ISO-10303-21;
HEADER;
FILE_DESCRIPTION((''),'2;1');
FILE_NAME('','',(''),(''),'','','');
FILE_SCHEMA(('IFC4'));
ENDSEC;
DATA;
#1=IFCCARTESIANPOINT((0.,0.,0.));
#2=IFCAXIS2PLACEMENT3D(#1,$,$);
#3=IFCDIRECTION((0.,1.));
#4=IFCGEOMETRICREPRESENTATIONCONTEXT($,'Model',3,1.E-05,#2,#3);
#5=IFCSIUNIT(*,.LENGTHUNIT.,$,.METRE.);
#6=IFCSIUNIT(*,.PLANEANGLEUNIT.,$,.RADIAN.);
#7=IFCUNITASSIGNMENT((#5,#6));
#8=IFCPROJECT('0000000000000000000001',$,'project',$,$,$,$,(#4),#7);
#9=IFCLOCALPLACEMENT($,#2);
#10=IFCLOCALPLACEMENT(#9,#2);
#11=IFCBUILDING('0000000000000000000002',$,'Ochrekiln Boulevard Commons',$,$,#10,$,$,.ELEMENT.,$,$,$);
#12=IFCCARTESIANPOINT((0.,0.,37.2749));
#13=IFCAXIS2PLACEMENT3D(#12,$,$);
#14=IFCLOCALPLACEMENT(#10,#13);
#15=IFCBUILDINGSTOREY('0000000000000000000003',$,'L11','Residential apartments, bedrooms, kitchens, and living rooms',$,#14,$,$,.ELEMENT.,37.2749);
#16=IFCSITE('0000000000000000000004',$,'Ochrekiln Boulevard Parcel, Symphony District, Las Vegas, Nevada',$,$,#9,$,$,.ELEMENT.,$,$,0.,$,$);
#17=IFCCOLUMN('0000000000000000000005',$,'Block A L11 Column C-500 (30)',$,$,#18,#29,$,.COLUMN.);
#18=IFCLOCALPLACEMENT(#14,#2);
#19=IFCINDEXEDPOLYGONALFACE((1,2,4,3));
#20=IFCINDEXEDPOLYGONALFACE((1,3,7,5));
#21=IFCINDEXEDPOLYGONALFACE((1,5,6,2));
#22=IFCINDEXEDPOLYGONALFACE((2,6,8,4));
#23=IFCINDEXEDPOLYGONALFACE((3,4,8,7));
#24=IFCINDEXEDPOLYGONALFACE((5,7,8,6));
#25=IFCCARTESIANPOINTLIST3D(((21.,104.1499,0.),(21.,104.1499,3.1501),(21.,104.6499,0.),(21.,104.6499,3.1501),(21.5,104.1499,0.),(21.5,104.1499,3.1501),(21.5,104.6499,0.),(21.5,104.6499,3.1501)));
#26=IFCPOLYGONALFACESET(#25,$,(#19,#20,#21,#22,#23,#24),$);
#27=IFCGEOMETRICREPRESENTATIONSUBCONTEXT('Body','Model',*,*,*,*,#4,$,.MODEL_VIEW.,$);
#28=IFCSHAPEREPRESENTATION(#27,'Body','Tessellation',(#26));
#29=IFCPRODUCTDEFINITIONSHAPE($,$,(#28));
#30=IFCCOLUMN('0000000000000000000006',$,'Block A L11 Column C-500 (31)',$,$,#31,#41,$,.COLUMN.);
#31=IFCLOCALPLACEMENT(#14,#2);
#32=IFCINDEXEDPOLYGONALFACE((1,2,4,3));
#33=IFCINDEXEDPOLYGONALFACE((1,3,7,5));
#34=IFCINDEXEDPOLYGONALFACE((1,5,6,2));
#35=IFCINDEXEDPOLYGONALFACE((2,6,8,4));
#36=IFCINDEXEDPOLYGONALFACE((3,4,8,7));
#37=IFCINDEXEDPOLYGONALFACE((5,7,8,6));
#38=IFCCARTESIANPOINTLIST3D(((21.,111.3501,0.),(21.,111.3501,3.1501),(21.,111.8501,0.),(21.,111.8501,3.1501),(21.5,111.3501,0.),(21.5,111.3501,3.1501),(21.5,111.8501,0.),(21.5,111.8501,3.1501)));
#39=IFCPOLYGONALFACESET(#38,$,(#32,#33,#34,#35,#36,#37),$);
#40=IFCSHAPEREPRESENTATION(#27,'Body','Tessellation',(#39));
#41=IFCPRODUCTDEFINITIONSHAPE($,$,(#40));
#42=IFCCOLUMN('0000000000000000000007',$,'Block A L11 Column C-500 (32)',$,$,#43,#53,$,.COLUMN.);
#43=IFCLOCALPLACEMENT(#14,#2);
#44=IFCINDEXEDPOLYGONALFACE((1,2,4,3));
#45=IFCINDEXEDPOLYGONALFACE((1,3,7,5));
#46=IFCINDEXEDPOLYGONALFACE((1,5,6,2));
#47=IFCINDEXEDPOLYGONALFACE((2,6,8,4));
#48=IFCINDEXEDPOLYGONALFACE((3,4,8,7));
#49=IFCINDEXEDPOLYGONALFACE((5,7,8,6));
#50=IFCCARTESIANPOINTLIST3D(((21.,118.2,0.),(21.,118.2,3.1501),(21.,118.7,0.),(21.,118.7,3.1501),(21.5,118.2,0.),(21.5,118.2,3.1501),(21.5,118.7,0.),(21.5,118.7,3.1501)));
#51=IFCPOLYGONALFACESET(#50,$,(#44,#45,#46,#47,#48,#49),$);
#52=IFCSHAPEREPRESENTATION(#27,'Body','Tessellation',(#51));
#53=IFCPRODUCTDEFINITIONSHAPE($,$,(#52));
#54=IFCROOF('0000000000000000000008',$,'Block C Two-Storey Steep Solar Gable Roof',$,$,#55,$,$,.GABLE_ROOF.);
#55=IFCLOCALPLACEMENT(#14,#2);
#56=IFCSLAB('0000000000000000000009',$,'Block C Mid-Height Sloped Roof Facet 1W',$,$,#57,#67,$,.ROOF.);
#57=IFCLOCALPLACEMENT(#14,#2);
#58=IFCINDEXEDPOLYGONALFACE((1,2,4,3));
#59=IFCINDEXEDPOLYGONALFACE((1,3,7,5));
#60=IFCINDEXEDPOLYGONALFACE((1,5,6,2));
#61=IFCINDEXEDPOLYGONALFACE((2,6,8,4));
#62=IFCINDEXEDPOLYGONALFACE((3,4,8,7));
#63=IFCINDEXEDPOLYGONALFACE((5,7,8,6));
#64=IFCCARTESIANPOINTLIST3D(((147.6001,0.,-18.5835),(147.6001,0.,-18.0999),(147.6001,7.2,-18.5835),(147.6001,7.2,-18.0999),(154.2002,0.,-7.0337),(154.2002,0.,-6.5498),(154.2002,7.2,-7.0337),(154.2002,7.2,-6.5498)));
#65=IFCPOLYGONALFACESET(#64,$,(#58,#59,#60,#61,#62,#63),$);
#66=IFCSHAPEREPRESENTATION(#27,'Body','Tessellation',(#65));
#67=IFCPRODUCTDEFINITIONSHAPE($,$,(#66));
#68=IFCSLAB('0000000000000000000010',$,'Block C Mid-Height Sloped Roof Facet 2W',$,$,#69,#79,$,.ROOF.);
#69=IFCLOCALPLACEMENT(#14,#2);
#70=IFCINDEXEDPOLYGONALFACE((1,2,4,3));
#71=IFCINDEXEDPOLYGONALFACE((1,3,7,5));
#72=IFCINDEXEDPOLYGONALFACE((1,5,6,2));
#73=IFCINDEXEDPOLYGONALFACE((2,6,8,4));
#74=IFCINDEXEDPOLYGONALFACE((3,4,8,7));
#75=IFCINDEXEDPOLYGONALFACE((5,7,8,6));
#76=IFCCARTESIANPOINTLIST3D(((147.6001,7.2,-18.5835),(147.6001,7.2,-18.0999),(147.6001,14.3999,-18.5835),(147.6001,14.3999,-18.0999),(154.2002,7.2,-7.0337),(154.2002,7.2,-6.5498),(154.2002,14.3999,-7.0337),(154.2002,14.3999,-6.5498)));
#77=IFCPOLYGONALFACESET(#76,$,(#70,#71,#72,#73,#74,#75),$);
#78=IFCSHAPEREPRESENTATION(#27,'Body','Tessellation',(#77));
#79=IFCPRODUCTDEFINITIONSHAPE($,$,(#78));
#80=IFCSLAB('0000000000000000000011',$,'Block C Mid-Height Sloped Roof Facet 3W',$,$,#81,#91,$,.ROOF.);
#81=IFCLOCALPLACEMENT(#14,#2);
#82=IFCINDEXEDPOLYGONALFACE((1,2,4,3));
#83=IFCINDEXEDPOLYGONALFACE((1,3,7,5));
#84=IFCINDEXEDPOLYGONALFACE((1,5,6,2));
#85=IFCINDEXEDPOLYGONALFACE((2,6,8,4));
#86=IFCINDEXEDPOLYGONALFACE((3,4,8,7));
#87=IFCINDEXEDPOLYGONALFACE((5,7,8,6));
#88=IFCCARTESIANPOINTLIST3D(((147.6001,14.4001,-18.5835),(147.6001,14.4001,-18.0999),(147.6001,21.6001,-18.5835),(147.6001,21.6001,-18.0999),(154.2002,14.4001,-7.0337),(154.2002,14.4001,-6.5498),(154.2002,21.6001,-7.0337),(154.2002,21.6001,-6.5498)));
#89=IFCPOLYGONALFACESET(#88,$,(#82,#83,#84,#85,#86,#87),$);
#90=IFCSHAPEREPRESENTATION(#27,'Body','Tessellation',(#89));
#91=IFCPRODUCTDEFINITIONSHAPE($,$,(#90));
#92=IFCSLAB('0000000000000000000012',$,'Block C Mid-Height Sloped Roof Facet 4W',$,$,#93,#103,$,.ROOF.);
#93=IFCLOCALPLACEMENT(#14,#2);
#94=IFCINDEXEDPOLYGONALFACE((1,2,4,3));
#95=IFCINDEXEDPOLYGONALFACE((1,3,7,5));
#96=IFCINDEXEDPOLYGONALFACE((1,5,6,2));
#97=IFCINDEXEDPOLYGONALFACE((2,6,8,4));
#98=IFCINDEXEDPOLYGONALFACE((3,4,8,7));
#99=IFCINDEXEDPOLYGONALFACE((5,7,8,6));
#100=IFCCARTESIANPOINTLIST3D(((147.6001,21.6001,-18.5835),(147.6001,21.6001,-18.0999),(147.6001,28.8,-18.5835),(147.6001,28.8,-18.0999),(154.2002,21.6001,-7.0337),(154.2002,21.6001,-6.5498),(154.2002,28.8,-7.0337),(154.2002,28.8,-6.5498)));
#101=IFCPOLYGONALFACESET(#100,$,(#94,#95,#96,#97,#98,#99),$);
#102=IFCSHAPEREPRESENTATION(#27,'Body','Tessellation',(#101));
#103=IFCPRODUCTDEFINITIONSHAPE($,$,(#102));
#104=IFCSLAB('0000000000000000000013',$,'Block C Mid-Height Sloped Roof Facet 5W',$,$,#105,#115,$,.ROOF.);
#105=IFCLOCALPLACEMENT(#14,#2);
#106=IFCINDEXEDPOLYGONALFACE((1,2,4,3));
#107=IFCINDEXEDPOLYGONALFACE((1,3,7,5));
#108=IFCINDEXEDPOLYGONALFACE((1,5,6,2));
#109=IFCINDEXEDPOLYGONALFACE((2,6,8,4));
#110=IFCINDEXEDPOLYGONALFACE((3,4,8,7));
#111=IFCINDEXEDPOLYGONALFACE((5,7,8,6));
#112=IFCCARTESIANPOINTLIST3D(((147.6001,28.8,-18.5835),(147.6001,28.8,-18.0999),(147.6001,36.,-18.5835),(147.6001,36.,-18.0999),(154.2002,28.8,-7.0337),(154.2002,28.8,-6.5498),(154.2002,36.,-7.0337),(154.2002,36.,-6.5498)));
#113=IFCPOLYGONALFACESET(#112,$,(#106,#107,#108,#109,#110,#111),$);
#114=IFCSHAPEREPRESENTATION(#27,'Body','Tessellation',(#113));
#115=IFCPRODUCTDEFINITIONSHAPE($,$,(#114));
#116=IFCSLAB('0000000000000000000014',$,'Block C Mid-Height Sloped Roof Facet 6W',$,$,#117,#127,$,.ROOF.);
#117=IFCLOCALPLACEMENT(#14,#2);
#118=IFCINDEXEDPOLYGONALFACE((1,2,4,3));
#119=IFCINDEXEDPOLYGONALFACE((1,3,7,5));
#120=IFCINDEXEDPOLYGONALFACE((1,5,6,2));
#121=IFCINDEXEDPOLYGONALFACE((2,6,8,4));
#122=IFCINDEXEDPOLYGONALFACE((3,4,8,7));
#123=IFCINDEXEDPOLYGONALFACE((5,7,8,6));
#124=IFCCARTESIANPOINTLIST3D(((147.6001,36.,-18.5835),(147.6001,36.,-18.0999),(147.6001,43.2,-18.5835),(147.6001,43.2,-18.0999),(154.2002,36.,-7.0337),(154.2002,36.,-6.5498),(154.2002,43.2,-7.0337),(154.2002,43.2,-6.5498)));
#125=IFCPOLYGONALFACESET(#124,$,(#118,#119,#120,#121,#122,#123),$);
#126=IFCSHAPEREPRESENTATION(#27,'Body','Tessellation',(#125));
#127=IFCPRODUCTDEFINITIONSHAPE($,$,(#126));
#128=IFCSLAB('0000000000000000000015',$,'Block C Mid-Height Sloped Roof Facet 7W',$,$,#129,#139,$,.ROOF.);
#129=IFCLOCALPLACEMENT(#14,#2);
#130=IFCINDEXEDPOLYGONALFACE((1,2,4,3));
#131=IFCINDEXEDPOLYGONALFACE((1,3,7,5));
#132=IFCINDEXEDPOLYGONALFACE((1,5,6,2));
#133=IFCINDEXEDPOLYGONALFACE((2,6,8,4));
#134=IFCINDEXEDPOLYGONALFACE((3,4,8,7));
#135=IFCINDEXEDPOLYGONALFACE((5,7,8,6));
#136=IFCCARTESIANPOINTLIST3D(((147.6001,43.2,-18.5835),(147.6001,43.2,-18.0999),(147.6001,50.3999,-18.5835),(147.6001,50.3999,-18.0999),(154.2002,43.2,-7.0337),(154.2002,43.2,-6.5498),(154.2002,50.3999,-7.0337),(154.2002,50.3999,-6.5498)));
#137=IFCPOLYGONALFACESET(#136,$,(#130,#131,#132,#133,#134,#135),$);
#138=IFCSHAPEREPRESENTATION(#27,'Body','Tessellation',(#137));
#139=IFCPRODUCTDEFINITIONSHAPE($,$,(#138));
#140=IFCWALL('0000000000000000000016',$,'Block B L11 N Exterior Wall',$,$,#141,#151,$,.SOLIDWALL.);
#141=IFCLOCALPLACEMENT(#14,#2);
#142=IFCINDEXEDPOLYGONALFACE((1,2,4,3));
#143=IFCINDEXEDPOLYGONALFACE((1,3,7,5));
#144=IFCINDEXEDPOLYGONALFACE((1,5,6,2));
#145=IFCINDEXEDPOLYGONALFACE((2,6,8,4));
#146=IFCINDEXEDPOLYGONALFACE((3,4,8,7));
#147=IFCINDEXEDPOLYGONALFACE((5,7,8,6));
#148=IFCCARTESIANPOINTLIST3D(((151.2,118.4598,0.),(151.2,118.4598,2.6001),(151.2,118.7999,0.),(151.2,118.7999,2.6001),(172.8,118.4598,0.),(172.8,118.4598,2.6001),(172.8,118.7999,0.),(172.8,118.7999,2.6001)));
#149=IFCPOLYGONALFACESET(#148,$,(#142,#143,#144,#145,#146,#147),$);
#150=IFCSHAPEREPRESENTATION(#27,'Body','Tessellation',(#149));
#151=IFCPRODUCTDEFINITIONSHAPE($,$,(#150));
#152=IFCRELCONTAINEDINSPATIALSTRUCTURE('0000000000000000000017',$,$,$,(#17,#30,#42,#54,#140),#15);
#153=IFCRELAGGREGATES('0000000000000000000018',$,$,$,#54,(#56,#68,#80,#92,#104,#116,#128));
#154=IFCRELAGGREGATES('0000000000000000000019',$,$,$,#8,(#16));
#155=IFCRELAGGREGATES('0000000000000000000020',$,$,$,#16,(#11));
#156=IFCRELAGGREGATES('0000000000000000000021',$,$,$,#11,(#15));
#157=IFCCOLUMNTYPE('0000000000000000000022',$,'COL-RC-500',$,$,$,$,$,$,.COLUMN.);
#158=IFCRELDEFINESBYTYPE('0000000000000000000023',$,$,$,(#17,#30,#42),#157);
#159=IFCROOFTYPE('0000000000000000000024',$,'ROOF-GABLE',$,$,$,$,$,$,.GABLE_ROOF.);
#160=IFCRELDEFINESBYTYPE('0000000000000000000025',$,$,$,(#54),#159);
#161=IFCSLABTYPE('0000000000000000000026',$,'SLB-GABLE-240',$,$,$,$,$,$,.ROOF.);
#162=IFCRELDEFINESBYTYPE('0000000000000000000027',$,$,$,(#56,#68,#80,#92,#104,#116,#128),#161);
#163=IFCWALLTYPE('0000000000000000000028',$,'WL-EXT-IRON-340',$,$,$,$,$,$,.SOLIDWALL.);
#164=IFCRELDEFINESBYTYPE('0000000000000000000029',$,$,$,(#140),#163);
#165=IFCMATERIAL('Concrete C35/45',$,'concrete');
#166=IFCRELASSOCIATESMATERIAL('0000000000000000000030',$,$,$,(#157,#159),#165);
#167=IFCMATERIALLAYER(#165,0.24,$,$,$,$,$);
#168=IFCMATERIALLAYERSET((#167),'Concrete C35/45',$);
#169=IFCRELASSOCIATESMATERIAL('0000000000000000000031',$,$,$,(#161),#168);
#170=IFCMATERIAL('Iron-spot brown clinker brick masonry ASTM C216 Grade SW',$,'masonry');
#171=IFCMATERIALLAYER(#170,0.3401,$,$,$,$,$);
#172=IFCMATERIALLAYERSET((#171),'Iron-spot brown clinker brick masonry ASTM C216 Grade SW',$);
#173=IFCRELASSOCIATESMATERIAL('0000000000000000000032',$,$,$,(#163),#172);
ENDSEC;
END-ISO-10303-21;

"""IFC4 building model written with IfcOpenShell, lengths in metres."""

from ifc_helpers import new_model, si_unit, direction, frame, frame_2d, origin, origin_2d, place, context, subcontext, project, spatial, polyline, rectangle, outline, extrude, material, layer, layer_set, material_profile, profile_set, type_object, element, aggregate, save


model = new_model("IFC4")

# Units and contexts
model_context = context("Model", 3, precision=1e-05, world=origin(), true_north=direction((0.0, 1.0)))
body_context = subcontext(model_context, "Body", "Model", "MODEL_VIEW")
ifc_project = project(units=[si_unit("LENGTHUNIT", "METRE"), si_unit("PLANEANGLEUNIT", "RADIAN")], contexts=[model_context])

# Site, building, storey
site_placement = place(None, origin())
site = spatial("IfcSite", under=ifc_project, at=site_placement, Name="Ochrekiln Boulevard Parcel, Symphony District, Las Vegas, Nevada", CompositionType="ELEMENT", RefElevation=0.0)
building_placement = place(site_placement, origin())
building = spatial("IfcBuilding", under=site, at=building_placement, Name="Ochrekiln Boulevard Commons", CompositionType="ELEMENT")
storey_placement = place(building_placement, frame((0.0, 0.0, 37.2749)))
storey = spatial("IfcBuildingStorey", under=building, at=storey_placement, Name="L11", Description="Residential apartments, bedrooms, kitchens, and living rooms", CompositionType="ELEMENT", Elevation=37.2749)

# Columns
ifc_material_1 = material(Name="Concrete C35/45", Category="concrete")
ifc_material_profile = material_profile(ifc_material_1, rectangle(XDim=0.5, YDim=0.5, at=origin_2d()), Name="RC-COL-500x500")
ifc_profile_set = profile_set([ifc_material_profile], Name="Concrete C35/45")
column_type = type_object("IfcColumnType", Name="COL-RC-500", PredefinedType="COLUMN", material=ifc_profile_set)
for number, where, z_axis, x_axis, name in (
    (1, (21.25, 104.3999, 0.0), (0.0, 0.0, 1.0), (1.0, 0.0, 0.0), "Block A L11 Column C-500 (30)"),
    (2, (21.25, 111.6001, 0.0), (0.0, 0.0, 1.0), (1.0, 0.0, 0.0), "Block A L11 Column C-500 (31)"),
    (3, (21.25, 118.45, 0.0), (0.0, 0.0, 1.0), (1.0, 0.0, 0.0), "Block A L11 Column C-500 (32)"),
):
    element("IfcColumn", number, at=place(storey_placement, frame(where, z_axis=z_axis, x_axis=x_axis)), inside=storey, type_object=column_type, Name=name, PredefinedType="COLUMN", context=body_context, shape_type="SweptSolid", body=[
        extrude(rectangle(XDim=0.5, YDim=0.5, at=origin_2d()), origin(), (0.0, 0.0, 1.0), 3.1501),
    ])

# Roof, slabs
roof_type = type_object("IfcRoofType", Name="ROOF-GABLE", PredefinedType="GABLE_ROOF", material=ifc_material_1)
roof_placement = place(storey_placement, origin())
roof = element("IfcRoof", 4, at=roof_placement, inside=storey, type_object=roof_type, Name="Block C Two-Storey Steep Solar Gable Roof", PredefinedType="GABLE_ROOF")
ifc_layer_1 = layer(ifc_material_1, 0.24)
ifc_layer_set_1 = layer_set([ifc_layer_1], Name="Concrete C35/45")
slab_type = type_object("IfcSlabType", Name="SLB-GABLE-240", PredefinedType="ROOF", material=ifc_layer_set_1)
placement = place(building_placement, frame((0.0, 0.0, 27.825)))
slab_1_placement = place(placement, frame((147.6001, 7.2, -8.6499), z_axis=(0.0, -1.0, 0.0), x_axis=(1.0, 0.0, 0.0)))
slab_1 = element("IfcSlab", 5, at=slab_1_placement, type_object=slab_type, Name="Block C Mid-Height Sloped Roof Facet 1W", PredefinedType="ROOF", context=body_context, shape_type="SweptSolid", body=[
    extrude(outline(polyline([(0.0, 0.0), (6.6001, 11.55), (6.6001, 11.0662), (0.0, -0.4836), (0.0, 0.0)])), origin(), (0.0, 0.0, 1.0), 7.2),
])
slab_2_placement = place(placement, frame((147.6001, 14.3999, -8.6499), z_axis=(0.0, -1.0, 0.0), x_axis=(1.0, 0.0, 0.0)))
slab_2 = element("IfcSlab", 6, at=slab_2_placement, type_object=slab_type, Name="Block C Mid-Height Sloped Roof Facet 2W", PredefinedType="ROOF", context=body_context, shape_type="SweptSolid", body=[
    extrude(outline(polyline([(0.0, 0.0), (6.6001, 11.55), (6.6001, 11.0662), (0.0, -0.4836), (0.0, 0.0)])), origin(), (0.0, 0.0, 1.0), 7.2),
])
slab_3_placement = place(placement, frame((147.6001, 21.6001, -8.6499), z_axis=(0.0, -1.0, 0.0), x_axis=(1.0, 0.0, 0.0)))
slab_3 = element("IfcSlab", 7, at=slab_3_placement, type_object=slab_type, Name="Block C Mid-Height Sloped Roof Facet 3W", PredefinedType="ROOF", context=body_context, shape_type="SweptSolid", body=[
    extrude(outline(polyline([(0.0, 0.0), (6.6001, 11.55), (6.6001, 11.0662), (0.0, -0.4836), (0.0, 0.0)])), origin(), (0.0, 0.0, 1.0), 7.2),
])
slab_4_placement = place(placement, frame((147.6001, 28.8, -8.6499), z_axis=(0.0, -1.0, 0.0), x_axis=(1.0, 0.0, 0.0)))
slab_4 = element("IfcSlab", 8, at=slab_4_placement, type_object=slab_type, Name="Block C Mid-Height Sloped Roof Facet 4W", PredefinedType="ROOF", context=body_context, shape_type="SweptSolid", body=[
    extrude(outline(polyline([(0.0, 0.0), (6.6001, 11.55), (6.6001, 11.0662), (0.0, -0.4836), (0.0, 0.0)])), origin(), (0.0, 0.0, 1.0), 7.2),
])
slab_5_placement = place(placement, frame((147.6001, 36.0, -8.6499), z_axis=(0.0, -1.0, 0.0), x_axis=(1.0, 0.0, 0.0)))
slab_5 = element("IfcSlab", 9, at=slab_5_placement, type_object=slab_type, Name="Block C Mid-Height Sloped Roof Facet 5W", PredefinedType="ROOF", context=body_context, shape_type="SweptSolid", body=[
    extrude(outline(polyline([(0.0, 0.0), (6.6001, 11.55), (6.6001, 11.0662), (0.0, -0.4836), (0.0, 0.0)])), origin(), (0.0, 0.0, 1.0), 7.2),
])
slab_6_placement = place(placement, frame((147.6001, 43.2, -8.6499), z_axis=(0.0, -1.0, 0.0), x_axis=(1.0, 0.0, 0.0)))
slab_6 = element("IfcSlab", 10, at=slab_6_placement, type_object=slab_type, Name="Block C Mid-Height Sloped Roof Facet 6W", PredefinedType="ROOF", context=body_context, shape_type="SweptSolid", body=[
    extrude(outline(polyline([(0.0, 0.0), (6.6001, 11.55), (6.6001, 11.0662), (0.0, -0.4836), (0.0, 0.0)])), origin(), (0.0, 0.0, 1.0), 7.2),
])
slab_7_placement = place(placement, frame((147.6001, 50.3999, -8.6499), z_axis=(0.0, -1.0, 0.0), x_axis=(1.0, 0.0, 0.0)))
slab_7 = element("IfcSlab", 11, at=slab_7_placement, type_object=slab_type, Name="Block C Mid-Height Sloped Roof Facet 7W", PredefinedType="ROOF", context=body_context, shape_type="SweptSolid", body=[
    extrude(outline(polyline([(0.0, 0.0), (6.6001, 11.55), (6.6001, 11.0662), (0.0, -0.4836), (0.0, 0.0)])), origin(), (0.0, 0.0, 1.0), 7.2),
])
aggregate(roof, [slab_1, slab_2, slab_3, slab_4, slab_5, slab_6, slab_7])

# Wall
ifc_material_2 = material(Name="Iron-spot brown clinker brick masonry ASTM C216 Grade SW", Category="masonry")
ifc_layer_2 = layer(ifc_material_2, 0.3401)
ifc_layer_set_2 = layer_set([ifc_layer_2], Name="Iron-spot brown clinker brick masonry ASTM C216 Grade SW")
wall_type_1 = type_object("IfcWallType", Name="WL-EXT-IRON-340", PredefinedType="SOLIDWALL", material=ifc_layer_set_2)
wall_1_placement = place(storey_placement, frame((151.2, 118.6299, 0.0), z_axis=(0.0, 0.0, 1.0), x_axis=(1.0, 0.0, 0.0)))
element("IfcWall", 12, at=wall_1_placement, inside=storey, type_object=wall_type_1, Name="Block B L11 N Exterior Wall", PredefinedType="SOLIDWALL", context=body_context, shape_type="SweptSolid", body=[
    extrude(rectangle(XDim=21.6001, YDim=0.3401, at=frame_2d((10.8, 0.0))), origin(), (0.0, 0.0, 1.0), 2.6001),
])

save(model, "model.ifc")
